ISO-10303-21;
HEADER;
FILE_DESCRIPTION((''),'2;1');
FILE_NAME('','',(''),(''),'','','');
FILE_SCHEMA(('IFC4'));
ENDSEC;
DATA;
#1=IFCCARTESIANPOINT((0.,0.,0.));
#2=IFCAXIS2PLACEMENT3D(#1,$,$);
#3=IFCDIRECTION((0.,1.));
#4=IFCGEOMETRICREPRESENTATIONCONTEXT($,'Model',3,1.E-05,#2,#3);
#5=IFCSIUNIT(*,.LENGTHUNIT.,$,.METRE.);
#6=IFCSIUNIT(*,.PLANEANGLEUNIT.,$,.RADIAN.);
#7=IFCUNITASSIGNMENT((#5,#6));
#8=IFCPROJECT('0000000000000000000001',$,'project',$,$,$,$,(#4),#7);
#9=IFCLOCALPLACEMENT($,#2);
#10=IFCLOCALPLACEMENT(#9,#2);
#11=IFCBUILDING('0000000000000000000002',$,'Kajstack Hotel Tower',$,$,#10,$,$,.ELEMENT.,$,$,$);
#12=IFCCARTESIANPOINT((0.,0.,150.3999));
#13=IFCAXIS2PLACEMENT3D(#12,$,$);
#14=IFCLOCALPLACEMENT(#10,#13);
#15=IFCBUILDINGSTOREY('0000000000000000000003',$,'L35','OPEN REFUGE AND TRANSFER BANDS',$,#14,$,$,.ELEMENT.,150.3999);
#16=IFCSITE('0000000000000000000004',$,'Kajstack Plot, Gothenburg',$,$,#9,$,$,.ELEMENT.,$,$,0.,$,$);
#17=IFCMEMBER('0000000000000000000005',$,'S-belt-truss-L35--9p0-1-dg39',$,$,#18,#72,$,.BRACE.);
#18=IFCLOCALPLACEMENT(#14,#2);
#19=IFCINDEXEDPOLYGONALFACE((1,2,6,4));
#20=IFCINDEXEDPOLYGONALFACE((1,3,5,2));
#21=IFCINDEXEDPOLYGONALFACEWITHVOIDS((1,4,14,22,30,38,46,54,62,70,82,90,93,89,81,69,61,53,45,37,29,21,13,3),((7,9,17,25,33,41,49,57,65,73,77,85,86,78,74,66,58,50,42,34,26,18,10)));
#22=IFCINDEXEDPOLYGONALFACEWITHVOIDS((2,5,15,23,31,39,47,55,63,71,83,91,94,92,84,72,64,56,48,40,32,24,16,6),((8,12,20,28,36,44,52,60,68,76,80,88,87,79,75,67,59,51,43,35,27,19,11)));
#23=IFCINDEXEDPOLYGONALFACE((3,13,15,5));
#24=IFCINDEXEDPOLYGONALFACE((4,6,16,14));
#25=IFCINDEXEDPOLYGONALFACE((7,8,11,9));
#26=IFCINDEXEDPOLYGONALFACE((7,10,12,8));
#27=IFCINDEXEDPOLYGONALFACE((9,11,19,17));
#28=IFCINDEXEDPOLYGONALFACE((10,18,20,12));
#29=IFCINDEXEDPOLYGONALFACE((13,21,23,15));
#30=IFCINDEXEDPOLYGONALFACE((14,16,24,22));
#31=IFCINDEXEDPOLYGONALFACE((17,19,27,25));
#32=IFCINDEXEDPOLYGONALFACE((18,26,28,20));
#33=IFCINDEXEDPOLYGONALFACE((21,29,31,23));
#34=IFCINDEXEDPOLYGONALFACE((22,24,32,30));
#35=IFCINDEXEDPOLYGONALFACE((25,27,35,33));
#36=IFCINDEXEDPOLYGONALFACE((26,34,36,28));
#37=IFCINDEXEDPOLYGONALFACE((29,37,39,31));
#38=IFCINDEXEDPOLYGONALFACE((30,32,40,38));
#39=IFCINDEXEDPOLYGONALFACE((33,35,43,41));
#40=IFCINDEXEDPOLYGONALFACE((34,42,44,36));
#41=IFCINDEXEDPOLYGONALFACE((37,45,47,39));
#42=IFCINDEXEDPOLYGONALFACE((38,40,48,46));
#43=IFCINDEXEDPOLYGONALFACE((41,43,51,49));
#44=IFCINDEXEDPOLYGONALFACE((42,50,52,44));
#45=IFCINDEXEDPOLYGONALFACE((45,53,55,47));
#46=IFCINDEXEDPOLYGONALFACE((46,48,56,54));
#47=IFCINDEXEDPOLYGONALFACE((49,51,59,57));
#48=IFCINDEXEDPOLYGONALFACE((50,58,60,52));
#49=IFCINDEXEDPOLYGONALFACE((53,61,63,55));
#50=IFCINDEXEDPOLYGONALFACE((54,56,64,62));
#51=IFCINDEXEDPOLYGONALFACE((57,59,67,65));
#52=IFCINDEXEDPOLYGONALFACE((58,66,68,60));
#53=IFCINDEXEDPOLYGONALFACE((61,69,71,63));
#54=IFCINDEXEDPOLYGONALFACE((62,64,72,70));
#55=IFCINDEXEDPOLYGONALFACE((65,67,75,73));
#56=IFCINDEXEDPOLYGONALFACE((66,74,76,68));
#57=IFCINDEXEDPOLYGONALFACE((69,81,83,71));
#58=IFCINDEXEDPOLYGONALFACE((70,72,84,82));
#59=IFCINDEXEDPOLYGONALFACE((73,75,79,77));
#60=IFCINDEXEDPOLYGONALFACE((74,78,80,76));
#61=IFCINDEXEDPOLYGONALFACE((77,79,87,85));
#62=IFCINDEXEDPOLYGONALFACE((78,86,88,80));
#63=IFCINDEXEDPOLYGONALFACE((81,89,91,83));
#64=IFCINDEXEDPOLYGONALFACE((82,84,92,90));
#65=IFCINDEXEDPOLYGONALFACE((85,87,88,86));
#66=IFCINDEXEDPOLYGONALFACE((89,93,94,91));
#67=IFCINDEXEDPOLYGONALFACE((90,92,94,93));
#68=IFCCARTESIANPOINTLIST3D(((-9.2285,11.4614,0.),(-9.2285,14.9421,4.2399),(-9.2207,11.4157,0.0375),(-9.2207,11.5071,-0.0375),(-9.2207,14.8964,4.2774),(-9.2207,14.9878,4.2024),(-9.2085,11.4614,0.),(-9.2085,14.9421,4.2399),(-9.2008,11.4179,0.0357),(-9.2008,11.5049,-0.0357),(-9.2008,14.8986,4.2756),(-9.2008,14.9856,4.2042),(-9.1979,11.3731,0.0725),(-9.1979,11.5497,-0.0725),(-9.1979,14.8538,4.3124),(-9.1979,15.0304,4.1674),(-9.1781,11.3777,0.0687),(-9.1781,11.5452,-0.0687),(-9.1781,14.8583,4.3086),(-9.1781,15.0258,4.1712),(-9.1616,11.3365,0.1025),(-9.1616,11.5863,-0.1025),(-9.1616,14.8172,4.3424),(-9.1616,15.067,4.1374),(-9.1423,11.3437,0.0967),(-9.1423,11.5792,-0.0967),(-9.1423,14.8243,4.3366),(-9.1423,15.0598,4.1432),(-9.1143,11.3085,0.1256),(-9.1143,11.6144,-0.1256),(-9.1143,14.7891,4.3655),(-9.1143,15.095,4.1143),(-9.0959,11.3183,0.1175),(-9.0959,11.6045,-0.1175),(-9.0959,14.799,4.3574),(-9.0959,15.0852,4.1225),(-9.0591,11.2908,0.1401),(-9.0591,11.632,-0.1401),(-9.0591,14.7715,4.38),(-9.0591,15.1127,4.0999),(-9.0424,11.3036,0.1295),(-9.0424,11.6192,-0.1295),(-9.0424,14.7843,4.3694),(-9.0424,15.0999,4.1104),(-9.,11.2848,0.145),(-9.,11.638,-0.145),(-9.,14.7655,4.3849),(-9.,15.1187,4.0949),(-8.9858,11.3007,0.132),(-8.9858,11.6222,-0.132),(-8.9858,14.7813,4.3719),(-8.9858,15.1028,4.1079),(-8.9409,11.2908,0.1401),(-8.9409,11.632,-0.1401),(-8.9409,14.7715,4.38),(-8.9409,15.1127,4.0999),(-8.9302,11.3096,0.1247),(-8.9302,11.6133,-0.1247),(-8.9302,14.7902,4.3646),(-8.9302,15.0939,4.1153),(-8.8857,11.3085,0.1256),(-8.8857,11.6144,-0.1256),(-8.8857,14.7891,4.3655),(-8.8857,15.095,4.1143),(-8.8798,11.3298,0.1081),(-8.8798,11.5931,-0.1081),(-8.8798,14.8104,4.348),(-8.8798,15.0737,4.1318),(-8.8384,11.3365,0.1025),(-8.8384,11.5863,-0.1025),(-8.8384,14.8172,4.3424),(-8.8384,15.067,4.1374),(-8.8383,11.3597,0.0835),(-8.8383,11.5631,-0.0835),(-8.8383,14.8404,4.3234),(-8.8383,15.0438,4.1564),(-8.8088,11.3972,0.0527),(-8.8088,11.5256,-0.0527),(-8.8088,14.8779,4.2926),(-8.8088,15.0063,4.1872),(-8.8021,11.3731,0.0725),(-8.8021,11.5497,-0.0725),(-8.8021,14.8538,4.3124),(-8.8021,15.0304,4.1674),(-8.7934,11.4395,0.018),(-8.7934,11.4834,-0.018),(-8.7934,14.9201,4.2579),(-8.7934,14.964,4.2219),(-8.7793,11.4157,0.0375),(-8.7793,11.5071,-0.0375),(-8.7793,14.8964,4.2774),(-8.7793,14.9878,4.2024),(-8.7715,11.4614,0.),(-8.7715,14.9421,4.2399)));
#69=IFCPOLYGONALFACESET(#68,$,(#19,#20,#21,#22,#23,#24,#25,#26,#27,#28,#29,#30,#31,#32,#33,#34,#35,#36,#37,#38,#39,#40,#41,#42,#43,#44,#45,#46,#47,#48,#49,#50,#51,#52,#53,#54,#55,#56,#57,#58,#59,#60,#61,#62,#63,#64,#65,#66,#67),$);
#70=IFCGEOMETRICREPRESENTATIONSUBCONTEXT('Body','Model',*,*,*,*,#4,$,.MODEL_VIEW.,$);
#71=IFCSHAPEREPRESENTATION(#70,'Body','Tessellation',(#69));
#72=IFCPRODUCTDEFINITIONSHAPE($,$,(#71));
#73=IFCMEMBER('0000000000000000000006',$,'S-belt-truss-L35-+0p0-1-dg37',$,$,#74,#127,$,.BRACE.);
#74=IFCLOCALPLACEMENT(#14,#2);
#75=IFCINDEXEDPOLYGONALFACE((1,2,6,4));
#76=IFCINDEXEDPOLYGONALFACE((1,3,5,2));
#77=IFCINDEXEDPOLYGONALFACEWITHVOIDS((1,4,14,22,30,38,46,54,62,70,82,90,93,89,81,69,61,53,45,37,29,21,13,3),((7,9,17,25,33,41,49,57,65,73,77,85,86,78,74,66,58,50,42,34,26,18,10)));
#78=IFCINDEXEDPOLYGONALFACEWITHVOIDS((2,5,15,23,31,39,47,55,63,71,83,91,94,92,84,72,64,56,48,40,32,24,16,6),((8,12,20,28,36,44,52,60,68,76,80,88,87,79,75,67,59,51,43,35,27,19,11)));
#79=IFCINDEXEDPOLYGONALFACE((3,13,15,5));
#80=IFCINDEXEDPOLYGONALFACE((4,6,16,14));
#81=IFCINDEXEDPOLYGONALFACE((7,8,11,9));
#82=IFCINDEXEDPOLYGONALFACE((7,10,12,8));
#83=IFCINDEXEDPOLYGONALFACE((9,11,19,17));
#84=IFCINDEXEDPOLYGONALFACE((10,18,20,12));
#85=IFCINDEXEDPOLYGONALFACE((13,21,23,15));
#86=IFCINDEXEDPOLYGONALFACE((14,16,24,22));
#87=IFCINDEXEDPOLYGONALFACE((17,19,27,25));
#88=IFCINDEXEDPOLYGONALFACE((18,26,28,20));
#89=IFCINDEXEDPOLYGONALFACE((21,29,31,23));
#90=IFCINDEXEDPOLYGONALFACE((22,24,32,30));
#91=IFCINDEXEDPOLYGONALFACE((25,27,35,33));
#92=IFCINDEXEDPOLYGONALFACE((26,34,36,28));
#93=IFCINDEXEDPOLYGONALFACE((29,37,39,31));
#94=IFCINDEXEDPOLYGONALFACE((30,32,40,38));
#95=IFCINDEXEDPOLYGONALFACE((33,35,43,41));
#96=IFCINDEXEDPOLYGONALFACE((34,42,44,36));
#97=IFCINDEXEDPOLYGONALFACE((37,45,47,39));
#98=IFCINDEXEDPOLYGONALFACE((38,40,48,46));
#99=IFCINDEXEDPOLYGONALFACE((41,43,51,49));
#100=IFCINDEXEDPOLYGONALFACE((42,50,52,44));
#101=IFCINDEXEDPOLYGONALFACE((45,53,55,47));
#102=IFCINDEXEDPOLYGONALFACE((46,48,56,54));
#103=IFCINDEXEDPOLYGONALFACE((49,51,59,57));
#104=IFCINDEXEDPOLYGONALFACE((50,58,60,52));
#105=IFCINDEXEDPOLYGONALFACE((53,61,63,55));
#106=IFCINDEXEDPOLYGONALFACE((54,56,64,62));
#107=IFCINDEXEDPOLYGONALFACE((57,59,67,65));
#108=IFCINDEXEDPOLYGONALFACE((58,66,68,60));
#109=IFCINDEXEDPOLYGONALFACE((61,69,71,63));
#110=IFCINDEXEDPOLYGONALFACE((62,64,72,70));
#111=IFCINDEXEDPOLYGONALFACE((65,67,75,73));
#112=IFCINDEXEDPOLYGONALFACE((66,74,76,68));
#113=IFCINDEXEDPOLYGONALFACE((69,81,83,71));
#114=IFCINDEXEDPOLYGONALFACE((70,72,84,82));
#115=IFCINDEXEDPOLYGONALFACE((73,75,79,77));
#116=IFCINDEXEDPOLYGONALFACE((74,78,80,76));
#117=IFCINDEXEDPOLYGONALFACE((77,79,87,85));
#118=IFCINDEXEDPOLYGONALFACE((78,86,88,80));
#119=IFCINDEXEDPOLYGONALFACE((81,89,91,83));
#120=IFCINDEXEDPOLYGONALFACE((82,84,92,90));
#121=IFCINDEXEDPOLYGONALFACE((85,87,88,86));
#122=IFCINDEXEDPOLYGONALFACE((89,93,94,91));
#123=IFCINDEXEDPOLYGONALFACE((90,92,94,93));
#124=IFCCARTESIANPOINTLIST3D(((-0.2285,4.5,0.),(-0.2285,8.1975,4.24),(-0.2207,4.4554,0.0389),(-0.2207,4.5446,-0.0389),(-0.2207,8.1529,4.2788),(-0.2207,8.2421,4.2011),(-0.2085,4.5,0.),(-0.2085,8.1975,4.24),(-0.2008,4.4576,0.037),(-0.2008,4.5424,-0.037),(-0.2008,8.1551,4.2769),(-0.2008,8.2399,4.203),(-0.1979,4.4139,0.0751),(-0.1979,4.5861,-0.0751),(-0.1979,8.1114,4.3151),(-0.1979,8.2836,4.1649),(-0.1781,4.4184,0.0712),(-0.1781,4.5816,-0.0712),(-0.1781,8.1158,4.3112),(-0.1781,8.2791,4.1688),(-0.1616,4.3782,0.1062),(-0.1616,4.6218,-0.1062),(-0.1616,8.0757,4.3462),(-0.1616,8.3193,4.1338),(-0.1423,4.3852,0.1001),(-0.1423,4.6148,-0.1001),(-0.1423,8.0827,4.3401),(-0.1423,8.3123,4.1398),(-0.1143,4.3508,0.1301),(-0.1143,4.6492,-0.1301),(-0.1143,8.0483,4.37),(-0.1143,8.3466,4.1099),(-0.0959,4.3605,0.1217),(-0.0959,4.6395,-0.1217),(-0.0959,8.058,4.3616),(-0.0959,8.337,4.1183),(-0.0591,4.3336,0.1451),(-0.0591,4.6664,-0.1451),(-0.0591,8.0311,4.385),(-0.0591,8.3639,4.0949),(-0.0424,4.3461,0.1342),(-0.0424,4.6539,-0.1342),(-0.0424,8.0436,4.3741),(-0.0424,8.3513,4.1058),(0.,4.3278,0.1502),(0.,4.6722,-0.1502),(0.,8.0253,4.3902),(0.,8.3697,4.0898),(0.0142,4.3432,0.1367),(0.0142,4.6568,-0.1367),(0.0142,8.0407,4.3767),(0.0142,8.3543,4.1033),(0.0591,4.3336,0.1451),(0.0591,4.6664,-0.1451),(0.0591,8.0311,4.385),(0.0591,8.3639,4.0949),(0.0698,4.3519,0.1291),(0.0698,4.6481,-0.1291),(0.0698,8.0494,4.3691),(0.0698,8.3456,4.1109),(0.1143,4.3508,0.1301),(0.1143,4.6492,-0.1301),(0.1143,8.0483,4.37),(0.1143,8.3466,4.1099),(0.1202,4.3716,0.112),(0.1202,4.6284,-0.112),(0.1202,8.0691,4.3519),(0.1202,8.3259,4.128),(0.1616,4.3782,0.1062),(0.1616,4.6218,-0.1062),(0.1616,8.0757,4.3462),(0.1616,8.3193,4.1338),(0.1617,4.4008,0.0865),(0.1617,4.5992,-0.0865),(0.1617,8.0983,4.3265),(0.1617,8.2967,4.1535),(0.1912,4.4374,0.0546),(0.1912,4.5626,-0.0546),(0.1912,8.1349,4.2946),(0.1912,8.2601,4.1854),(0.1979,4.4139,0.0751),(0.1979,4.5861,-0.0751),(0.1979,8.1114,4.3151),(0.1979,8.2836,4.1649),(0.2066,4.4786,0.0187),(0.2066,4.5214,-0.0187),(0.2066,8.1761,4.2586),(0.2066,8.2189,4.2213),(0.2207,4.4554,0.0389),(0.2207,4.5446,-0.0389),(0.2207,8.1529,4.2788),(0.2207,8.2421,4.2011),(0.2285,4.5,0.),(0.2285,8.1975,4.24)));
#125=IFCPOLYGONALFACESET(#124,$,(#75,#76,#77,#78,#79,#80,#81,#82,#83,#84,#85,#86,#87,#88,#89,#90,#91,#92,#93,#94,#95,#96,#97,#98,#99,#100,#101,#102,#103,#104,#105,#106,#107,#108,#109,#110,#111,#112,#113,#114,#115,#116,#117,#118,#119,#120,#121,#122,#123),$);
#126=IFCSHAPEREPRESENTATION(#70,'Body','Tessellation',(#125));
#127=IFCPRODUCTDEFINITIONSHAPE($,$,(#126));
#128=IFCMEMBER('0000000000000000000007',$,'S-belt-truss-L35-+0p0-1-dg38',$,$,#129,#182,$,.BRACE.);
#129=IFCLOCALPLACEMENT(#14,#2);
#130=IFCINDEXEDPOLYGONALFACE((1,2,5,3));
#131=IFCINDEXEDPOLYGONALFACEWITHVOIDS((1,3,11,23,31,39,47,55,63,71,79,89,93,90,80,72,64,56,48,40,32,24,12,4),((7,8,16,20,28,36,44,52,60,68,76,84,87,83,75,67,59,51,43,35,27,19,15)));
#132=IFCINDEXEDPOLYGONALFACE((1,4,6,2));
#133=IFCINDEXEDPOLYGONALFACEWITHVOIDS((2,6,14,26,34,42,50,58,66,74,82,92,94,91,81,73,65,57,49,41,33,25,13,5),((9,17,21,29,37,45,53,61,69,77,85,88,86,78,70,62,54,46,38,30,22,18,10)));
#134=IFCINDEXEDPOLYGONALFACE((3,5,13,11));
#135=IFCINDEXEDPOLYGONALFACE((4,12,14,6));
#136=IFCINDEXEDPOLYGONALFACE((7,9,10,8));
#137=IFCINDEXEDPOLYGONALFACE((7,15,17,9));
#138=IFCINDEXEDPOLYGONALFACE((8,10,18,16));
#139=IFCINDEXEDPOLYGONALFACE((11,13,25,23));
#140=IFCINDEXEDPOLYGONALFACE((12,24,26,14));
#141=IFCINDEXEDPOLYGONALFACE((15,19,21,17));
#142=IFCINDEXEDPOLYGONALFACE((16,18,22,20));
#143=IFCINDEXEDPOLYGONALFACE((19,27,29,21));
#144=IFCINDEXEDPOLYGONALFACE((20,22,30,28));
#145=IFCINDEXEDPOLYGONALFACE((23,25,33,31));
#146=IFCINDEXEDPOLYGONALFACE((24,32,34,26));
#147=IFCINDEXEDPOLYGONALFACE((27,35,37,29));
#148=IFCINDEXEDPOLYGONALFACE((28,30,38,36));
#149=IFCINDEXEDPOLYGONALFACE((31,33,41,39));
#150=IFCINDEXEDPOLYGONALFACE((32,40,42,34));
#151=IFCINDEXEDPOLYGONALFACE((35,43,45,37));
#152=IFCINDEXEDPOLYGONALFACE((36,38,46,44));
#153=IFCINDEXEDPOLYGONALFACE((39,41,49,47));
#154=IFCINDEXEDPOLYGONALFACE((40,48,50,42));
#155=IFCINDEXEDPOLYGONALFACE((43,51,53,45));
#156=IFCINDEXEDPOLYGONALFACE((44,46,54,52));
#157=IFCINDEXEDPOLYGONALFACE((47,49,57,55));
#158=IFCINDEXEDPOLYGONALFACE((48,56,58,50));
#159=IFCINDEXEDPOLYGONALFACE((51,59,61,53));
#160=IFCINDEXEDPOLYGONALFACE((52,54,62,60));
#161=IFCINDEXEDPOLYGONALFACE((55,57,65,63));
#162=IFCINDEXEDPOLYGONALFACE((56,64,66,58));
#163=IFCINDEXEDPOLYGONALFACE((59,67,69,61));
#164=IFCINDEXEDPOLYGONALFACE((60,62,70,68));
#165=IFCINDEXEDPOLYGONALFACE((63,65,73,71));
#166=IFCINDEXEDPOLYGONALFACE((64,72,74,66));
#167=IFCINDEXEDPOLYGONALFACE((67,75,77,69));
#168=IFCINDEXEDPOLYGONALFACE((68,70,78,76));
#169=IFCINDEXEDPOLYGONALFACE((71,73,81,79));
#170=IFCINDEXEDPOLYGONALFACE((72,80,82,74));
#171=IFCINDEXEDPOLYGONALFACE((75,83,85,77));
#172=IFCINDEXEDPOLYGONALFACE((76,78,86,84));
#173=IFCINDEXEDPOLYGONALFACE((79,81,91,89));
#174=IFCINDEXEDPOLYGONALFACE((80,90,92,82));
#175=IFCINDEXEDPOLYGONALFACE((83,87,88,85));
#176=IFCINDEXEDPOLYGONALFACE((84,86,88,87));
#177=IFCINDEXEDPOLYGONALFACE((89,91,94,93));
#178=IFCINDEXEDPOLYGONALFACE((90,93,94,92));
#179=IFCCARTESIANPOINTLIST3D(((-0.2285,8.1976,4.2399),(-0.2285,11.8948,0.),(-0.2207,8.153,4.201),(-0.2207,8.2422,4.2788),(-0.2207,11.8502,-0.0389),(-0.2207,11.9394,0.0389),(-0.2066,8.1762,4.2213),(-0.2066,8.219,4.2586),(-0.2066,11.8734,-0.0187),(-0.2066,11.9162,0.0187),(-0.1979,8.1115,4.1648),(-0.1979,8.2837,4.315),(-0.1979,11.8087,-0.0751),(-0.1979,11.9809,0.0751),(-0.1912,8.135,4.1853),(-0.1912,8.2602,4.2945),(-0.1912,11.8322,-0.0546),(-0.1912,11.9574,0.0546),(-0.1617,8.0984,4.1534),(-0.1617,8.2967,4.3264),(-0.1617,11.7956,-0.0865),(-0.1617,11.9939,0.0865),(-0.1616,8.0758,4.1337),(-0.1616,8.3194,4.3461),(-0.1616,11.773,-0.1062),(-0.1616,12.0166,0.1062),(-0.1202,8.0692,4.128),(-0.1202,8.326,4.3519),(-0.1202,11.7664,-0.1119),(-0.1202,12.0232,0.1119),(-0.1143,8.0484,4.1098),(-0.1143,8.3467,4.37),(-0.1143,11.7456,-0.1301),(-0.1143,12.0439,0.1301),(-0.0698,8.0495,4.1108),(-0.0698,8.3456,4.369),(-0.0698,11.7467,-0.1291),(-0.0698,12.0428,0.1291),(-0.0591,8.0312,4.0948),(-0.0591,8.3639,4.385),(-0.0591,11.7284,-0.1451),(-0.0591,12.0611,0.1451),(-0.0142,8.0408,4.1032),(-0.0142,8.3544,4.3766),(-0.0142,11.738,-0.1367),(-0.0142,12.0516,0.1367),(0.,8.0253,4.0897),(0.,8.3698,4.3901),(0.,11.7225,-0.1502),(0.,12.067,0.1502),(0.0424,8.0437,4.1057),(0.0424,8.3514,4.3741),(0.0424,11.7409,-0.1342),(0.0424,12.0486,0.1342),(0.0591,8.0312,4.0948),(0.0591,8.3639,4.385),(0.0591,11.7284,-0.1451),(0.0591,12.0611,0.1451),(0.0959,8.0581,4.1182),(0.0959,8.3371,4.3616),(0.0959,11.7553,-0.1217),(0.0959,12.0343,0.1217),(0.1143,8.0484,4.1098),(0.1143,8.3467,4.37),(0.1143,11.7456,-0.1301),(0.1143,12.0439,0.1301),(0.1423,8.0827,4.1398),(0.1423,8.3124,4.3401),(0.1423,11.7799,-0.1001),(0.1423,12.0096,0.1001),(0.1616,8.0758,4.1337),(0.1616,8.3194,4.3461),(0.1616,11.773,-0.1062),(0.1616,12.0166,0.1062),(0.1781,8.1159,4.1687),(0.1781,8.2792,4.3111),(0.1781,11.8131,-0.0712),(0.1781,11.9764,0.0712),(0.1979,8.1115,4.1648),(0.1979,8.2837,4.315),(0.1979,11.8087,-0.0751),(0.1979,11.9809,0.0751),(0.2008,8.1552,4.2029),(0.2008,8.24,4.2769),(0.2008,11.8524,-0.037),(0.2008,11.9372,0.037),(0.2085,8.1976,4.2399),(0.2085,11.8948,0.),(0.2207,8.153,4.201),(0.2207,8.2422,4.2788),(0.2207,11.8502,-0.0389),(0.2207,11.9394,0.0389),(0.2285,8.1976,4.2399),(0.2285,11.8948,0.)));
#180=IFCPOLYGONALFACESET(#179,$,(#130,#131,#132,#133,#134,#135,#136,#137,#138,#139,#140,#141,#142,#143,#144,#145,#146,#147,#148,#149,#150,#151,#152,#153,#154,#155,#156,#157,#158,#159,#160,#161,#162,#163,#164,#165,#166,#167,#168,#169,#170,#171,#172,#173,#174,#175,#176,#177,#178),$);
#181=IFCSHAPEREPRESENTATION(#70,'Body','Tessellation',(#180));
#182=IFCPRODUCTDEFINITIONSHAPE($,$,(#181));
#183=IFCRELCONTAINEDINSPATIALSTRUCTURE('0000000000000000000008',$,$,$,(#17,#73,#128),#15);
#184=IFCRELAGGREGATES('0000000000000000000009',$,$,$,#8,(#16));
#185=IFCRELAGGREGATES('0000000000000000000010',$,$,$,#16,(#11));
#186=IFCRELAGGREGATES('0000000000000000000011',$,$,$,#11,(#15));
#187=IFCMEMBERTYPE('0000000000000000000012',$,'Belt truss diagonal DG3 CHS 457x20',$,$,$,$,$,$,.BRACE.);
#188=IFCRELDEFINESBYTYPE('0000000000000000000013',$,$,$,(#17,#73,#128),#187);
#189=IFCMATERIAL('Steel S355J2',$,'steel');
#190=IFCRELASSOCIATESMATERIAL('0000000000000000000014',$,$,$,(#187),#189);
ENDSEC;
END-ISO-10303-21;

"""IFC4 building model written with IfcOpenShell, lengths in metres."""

from ifc_helpers import new_model, si_unit, direction, frame, origin, origin_2d, place, context, subcontext, project, spatial, hollow_circle, extrude, material, material_profile, profile_set, type_object, element, save


model = new_model("IFC4")

# Units and contexts
model_context = context("Model", 3, precision=1e-05, world=origin(), true_north=direction((0.0, 1.0)))
body_context = subcontext(model_context, "Body", "Model", "MODEL_VIEW")
ifc_project = project(units=[si_unit("LENGTHUNIT", "METRE"), si_unit("PLANEANGLEUNIT", "RADIAN")], contexts=[model_context])

# Site, building, storey
site_placement = place(None, origin())
site = spatial("IfcSite", under=ifc_project, at=site_placement, Name="Kajstack Plot, Gothenburg", CompositionType="ELEMENT", RefElevation=0.0)
building_placement = place(site_placement, origin())
building = spatial("IfcBuilding", under=site, at=building_placement, Name="Kajstack Hotel Tower", CompositionType="ELEMENT")
storey_placement = place(building_placement, frame((0.0, 0.0, 150.3999)))
storey = spatial("IfcBuildingStorey", under=building, at=storey_placement, Name="L35", Description="OPEN REFUGE AND TRANSFER BANDS", CompositionType="ELEMENT", Elevation=150.3999)

# Members
ifc_material = material(Name="Steel S355J2", Category="steel")
ifc_material_profile_1 = material_profile(ifc_material, hollow_circle(Radius=0.2285, WallThickness=0.02, at=origin_2d()), Name="CHS 457x20")
ifc_profile_set_1 = profile_set([ifc_material_profile_1], Name="Steel S355J2")
member_type_1 = type_object("IfcMemberType", Name="Belt truss diagonal DG3 CHS 457x20", PredefinedType="BRACE", material=ifc_profile_set_1)
for number, where, z_axis, x_axis, name in (
    (1, (-9.0, 11.4614, 0.0), (0.0, 0.634507, 0.772917), (-1.0, 0.0, 0.0), "S-belt-truss-L35--9p0-1-dg39"),
):
    element("IfcMember", number, at=place(storey_placement, frame(where, z_axis=z_axis, x_axis=x_axis)), inside=storey, type_object=member_type_1, Name=name, PredefinedType="BRACE", context=body_context, shape_type="SweptSolid", body=[
        extrude(hollow_circle(Radius=0.2285, WallThickness=0.02, at=origin_2d()), origin(), (0.0, 0.0, 1.0), 5.4856),
    ])
member_1_placement = place(storey_placement, frame((0.0, 4.5, 0.0), z_axis=(0.0, 0.657247, 0.753675), x_axis=(-1.0, 0.0, 0.0)))
element("IfcMember", 2, at=member_1_placement, inside=storey, type_object=member_type_1, Name="S-belt-truss-L35-+0p0-1-dg37", PredefinedType="BRACE", context=body_context, shape_type="SweptSolid", body=[
    extrude(hollow_circle(Radius=0.2285, WallThickness=0.02, at=origin_2d()), origin(), (0.0, 0.0, 1.0), 5.6257),
])
for number, where, z_axis, x_axis, name in (
    (3, (0.0, 11.8948, 0.0), (0.0, -0.657222, 0.753697), (1.0, 0.0, 0.0), "S-belt-truss-L35-+0p0-1-dg38"),
):
    element("IfcMember", number, at=place(storey_placement, frame(where, z_axis=z_axis, x_axis=x_axis)), inside=storey, type_object=member_type_1, Name=name, PredefinedType="BRACE", context=body_context, shape_type="SweptSolid", body=[
        extrude(hollow_circle(Radius=0.2285, WallThickness=0.02, at=origin_2d()), origin(), (0.0, 0.0, 1.0), 5.6255),
    ])

save(model, "model.ifc")
